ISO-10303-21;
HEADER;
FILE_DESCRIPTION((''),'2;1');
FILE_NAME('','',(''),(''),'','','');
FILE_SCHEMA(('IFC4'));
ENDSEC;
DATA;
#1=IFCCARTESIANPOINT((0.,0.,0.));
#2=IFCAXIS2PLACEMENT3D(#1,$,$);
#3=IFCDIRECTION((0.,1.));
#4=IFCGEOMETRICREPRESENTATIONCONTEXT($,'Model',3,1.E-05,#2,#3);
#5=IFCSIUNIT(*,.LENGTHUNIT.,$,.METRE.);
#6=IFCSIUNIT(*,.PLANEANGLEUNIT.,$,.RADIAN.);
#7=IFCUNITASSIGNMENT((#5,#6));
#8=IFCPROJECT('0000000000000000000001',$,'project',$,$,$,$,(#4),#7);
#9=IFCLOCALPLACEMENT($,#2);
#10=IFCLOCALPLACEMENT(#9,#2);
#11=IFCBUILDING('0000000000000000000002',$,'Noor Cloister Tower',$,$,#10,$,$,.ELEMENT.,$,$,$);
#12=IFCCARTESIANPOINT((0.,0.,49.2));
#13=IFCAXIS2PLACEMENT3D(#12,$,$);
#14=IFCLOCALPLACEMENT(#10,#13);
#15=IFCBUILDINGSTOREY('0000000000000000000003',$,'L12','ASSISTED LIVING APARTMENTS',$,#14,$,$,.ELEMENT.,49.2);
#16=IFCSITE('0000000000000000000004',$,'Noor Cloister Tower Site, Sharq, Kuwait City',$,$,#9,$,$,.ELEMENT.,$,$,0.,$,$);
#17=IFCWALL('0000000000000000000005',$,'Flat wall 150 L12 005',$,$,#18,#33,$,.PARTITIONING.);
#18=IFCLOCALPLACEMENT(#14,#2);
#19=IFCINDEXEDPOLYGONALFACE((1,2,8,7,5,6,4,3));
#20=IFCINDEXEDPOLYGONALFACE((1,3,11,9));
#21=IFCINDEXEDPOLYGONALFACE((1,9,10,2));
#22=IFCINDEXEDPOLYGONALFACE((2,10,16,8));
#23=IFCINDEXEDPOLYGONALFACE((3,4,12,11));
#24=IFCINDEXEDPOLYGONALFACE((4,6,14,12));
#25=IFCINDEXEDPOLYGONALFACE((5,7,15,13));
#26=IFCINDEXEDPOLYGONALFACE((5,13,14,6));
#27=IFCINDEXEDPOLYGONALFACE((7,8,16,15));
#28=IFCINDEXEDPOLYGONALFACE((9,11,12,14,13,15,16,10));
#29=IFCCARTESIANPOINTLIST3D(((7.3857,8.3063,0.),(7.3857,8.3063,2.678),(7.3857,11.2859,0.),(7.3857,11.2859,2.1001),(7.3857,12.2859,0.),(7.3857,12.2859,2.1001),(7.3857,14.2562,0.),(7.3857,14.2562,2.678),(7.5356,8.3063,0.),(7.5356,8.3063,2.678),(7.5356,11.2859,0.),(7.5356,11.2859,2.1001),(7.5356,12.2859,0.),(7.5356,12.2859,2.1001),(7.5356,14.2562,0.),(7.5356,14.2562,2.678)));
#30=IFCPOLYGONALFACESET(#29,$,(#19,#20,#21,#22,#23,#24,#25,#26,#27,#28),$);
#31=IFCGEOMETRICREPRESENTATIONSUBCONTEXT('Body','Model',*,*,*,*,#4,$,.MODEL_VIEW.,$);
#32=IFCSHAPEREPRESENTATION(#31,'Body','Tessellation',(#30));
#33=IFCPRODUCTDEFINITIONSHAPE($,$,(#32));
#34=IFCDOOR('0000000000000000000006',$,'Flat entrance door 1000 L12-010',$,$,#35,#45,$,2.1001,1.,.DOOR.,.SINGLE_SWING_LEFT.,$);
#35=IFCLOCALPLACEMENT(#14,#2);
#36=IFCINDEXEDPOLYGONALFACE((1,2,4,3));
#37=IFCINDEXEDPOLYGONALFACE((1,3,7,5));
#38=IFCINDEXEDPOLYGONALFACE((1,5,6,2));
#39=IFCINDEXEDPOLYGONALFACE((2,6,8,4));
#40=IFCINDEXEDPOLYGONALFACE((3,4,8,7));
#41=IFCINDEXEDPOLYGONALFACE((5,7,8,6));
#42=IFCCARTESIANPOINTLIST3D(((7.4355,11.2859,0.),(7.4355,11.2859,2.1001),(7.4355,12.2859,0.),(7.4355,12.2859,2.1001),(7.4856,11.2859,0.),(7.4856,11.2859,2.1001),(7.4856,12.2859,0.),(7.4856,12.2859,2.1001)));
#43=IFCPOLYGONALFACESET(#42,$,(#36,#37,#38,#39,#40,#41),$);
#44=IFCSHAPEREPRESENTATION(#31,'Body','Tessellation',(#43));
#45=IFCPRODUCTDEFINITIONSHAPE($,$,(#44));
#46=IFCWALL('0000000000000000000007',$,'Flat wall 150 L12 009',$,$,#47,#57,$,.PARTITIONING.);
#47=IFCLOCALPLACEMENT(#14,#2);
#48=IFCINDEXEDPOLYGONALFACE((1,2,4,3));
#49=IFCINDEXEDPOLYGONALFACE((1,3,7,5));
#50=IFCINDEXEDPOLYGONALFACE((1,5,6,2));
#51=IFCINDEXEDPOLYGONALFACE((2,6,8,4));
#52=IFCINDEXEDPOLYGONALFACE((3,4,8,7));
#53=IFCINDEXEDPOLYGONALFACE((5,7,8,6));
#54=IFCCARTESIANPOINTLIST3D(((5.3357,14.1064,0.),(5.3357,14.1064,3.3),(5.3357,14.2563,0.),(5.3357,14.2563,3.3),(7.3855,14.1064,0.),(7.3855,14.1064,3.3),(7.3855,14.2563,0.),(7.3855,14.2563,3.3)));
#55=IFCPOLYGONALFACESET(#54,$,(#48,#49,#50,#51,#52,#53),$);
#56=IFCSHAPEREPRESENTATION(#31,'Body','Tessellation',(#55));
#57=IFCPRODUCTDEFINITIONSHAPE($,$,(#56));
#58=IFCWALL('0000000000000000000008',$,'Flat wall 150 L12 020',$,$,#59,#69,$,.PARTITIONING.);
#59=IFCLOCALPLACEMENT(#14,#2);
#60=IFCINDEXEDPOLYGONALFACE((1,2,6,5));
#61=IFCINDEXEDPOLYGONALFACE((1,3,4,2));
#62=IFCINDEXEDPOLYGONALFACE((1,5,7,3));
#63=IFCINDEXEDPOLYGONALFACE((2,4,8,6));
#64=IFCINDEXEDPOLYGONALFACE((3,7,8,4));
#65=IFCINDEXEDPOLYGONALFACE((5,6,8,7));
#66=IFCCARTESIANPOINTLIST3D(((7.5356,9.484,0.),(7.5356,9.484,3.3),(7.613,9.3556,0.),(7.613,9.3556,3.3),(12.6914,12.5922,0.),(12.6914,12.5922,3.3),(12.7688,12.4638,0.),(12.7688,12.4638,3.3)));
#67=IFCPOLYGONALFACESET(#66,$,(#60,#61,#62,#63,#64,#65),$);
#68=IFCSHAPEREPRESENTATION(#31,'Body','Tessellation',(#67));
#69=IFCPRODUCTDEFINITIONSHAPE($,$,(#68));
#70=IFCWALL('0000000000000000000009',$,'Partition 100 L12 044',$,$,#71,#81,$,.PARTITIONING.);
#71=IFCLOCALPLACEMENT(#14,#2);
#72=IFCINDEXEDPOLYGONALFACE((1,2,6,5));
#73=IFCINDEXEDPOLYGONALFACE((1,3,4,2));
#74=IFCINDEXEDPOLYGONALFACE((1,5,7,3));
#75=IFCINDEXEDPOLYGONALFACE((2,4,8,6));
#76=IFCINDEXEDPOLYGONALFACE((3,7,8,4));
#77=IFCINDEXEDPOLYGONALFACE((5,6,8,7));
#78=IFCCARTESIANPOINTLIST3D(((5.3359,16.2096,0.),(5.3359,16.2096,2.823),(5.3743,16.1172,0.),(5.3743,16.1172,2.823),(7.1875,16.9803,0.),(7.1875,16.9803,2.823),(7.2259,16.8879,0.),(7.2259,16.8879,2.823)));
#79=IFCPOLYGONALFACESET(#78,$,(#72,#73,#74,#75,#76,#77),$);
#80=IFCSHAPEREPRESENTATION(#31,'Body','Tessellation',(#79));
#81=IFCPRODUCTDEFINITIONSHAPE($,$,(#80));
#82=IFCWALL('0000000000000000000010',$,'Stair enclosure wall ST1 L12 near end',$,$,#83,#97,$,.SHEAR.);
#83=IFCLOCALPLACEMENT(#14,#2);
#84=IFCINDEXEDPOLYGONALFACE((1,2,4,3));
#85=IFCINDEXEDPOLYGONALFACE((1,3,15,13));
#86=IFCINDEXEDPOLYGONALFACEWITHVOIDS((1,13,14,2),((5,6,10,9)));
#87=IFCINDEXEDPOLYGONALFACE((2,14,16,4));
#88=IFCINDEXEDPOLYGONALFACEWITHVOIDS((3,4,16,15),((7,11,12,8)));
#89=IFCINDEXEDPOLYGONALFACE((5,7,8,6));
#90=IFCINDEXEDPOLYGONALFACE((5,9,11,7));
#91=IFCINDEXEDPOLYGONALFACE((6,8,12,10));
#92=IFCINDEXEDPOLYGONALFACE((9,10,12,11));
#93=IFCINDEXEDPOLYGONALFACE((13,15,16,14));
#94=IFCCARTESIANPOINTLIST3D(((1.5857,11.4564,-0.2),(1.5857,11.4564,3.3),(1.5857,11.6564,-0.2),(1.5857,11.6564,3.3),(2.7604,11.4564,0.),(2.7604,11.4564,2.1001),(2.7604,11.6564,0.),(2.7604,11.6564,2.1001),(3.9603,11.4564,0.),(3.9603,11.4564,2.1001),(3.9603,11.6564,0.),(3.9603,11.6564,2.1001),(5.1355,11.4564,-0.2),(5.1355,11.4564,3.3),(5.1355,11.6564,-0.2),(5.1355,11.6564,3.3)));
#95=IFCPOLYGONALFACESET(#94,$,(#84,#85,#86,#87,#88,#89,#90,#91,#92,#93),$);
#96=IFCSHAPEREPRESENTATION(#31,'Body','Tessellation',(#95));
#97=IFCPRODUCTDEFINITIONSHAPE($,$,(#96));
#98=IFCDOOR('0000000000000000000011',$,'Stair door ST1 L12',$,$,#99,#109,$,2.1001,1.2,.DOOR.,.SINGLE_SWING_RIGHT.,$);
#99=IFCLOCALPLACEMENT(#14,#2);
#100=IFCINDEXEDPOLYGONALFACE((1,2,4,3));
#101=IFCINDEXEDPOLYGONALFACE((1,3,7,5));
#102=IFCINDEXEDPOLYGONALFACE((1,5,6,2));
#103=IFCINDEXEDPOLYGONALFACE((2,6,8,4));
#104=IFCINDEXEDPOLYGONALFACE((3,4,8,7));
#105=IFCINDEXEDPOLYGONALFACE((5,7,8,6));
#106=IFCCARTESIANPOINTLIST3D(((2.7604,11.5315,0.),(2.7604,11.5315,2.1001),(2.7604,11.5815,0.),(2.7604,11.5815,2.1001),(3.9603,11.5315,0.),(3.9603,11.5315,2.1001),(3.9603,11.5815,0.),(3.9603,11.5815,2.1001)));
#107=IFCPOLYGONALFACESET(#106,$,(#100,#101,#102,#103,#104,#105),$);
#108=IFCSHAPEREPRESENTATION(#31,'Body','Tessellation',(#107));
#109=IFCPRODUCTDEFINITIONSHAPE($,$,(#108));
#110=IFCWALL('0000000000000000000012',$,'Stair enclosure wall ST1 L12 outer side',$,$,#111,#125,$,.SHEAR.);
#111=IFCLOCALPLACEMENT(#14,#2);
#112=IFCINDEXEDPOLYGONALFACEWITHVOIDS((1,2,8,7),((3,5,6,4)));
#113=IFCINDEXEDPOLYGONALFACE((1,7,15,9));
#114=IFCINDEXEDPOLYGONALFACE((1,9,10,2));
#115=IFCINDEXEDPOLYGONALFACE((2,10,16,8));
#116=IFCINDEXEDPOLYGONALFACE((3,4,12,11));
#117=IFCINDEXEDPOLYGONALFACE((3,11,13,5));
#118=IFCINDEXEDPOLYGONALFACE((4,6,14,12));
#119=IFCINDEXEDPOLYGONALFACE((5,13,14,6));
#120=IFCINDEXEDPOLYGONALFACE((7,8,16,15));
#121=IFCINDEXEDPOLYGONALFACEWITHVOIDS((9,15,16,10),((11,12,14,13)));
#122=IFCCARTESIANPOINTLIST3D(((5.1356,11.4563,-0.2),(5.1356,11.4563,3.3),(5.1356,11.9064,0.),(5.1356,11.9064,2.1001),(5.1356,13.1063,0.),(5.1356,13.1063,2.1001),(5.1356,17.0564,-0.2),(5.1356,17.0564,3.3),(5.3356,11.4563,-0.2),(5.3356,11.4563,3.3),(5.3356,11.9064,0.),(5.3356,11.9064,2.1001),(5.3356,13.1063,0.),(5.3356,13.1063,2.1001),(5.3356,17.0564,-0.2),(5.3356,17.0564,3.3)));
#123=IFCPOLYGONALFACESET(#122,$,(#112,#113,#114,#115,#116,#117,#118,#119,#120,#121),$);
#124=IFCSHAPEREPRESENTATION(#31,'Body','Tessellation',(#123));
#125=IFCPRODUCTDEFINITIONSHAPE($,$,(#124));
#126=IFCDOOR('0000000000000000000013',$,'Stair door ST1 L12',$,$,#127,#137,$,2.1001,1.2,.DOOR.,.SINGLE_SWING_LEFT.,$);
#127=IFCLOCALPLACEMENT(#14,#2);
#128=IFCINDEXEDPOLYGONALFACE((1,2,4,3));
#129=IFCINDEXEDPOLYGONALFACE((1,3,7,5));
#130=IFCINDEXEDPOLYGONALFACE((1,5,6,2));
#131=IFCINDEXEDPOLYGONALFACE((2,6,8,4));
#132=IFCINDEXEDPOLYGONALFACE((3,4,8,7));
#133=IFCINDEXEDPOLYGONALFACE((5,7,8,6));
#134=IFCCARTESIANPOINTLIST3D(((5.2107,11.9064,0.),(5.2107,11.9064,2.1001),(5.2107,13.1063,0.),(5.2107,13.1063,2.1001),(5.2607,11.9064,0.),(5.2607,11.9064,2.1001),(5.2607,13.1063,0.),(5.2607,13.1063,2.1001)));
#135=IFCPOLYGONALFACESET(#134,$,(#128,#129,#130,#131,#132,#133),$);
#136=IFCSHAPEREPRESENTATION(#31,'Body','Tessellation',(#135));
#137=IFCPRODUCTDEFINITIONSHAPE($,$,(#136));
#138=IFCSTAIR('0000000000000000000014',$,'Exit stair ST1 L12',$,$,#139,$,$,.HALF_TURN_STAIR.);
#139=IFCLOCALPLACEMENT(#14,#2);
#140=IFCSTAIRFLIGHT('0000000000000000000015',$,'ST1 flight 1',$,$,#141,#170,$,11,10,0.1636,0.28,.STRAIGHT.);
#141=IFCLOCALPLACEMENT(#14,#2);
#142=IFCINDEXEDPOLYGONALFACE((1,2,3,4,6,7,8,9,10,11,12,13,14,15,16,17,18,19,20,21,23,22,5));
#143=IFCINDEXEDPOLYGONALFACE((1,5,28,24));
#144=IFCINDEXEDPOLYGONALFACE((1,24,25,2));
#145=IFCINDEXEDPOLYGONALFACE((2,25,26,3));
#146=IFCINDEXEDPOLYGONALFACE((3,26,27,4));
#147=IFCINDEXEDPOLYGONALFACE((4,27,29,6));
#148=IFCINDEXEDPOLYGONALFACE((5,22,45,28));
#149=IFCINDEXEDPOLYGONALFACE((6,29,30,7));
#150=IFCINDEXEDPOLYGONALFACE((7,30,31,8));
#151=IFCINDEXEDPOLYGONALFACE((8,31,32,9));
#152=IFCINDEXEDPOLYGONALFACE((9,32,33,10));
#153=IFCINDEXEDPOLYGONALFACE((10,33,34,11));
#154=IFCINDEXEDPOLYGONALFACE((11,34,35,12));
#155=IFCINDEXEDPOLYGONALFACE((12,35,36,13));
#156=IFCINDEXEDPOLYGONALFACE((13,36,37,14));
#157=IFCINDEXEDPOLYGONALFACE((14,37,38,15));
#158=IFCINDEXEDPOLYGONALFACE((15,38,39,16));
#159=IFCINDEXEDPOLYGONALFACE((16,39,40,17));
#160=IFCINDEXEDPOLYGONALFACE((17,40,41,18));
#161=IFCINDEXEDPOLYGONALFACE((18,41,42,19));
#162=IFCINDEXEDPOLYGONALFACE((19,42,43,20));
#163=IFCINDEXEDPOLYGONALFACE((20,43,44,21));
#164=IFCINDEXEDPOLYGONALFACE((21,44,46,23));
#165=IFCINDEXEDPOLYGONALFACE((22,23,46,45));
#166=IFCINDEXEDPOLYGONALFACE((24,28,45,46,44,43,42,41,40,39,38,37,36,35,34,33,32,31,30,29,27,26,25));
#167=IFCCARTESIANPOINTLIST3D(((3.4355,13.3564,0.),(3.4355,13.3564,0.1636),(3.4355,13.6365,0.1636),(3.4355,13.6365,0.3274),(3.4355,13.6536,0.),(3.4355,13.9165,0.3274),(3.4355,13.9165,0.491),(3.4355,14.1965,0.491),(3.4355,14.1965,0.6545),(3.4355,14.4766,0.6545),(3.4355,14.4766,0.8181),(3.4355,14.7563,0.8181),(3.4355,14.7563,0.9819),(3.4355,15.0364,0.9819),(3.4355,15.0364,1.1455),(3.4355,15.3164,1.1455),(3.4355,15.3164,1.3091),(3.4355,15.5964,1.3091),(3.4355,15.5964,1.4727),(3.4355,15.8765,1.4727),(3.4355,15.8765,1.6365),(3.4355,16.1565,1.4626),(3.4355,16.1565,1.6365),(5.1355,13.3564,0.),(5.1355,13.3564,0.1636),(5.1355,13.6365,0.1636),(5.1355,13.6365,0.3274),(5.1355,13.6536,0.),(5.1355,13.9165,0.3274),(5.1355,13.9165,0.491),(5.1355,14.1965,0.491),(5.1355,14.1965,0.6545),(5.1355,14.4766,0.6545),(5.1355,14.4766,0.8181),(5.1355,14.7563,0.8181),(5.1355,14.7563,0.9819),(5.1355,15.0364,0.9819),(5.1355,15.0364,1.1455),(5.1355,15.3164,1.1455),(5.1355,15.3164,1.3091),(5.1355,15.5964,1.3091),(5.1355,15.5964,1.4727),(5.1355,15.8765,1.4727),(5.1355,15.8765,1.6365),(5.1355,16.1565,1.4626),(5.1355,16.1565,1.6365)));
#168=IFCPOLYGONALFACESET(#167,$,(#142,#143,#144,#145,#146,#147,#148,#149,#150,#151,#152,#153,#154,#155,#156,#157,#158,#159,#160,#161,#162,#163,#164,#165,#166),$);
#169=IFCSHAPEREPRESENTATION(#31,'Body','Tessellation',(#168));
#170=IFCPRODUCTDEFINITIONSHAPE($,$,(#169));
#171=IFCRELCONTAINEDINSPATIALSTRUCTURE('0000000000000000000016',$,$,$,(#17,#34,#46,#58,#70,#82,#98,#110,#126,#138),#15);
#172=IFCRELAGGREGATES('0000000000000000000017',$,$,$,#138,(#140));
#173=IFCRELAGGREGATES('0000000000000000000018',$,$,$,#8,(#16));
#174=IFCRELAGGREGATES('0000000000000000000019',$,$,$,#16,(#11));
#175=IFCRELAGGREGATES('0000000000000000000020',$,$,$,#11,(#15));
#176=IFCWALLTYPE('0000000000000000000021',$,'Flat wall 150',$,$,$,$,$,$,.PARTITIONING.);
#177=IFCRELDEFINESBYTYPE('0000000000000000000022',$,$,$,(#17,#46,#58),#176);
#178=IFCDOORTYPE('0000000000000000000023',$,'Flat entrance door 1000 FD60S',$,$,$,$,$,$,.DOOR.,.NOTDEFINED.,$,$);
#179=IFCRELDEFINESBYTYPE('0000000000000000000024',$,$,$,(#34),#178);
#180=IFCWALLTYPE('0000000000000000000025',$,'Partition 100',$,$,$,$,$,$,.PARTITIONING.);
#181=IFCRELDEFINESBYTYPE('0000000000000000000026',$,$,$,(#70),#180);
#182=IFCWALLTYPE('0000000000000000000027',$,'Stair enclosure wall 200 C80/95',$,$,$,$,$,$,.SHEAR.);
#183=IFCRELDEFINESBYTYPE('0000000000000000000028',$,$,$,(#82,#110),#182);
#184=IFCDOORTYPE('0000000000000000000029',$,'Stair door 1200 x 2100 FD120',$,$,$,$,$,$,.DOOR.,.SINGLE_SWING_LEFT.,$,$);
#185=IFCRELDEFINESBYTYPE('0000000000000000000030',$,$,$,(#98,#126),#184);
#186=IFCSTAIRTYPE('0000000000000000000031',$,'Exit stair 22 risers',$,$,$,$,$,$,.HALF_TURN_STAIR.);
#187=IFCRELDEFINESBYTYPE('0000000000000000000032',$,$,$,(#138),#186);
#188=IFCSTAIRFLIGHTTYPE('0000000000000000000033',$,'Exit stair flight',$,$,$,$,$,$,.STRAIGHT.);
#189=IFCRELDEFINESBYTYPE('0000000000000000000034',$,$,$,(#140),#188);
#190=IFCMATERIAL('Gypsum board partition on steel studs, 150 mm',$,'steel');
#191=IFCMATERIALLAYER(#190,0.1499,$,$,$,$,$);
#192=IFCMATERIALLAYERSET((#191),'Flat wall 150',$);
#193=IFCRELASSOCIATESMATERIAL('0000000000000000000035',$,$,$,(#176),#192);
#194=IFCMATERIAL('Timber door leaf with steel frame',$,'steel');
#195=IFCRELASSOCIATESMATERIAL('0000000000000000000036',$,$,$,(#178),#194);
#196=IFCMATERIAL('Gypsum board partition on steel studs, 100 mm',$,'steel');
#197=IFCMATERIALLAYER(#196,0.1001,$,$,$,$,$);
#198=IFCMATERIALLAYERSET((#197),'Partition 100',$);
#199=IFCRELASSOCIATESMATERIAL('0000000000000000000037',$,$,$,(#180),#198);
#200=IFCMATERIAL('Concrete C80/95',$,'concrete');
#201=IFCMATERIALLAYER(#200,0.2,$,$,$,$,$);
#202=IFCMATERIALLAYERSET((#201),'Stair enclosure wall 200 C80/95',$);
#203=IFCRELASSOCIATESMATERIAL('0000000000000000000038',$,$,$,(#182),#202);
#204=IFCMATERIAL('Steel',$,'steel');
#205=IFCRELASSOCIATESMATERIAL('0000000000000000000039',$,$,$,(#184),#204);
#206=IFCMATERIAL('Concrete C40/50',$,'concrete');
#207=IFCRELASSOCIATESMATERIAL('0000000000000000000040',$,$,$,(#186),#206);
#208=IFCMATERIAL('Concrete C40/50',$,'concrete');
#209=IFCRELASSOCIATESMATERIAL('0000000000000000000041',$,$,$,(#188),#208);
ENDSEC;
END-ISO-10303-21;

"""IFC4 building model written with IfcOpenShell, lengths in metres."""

from ifc_helpers import new_model, si_unit, direction, frame, frame_2d, origin, place, context, subcontext, project, spatial, polyline, rectangle, outline, extrude, material, layer, layer_set, type_object, element, fill, aggregate, save


model = new_model("IFC4")

# Units and contexts
model_context = context("Model", 3, precision=1e-05, world=origin(), true_north=direction((0.0, 1.0)))
body_context = subcontext(model_context, "Body", "Model", "MODEL_VIEW")
ifc_project = project(units=[si_unit("LENGTHUNIT", "METRE"), si_unit("PLANEANGLEUNIT", "RADIAN")], contexts=[model_context])

# Site, building, storey
site_placement = place(None, origin())
site = spatial("IfcSite", under=ifc_project, at=site_placement, Name="Noor Cloister Tower Site, Sharq, Kuwait City", CompositionType="ELEMENT", RefElevation=0.0)
building_placement = place(site_placement, origin())
building = spatial("IfcBuilding", under=site, at=building_placement, Name="Noor Cloister Tower", CompositionType="ELEMENT")
storey_placement = place(building_placement, frame((0.0, 0.0, 49.2)))
storey = spatial("IfcBuildingStorey", under=building, at=storey_placement, Name="L12", Description="ASSISTED LIVING APARTMENTS", CompositionType="ELEMENT", Elevation=49.2)

# Wall, opening, door
ifc_material_1 = material(Name="Gypsum board partition on steel studs, 150 mm", Category="steel")
ifc_layer_1 = layer(ifc_material_1, 0.1499)
ifc_layer_set_1 = layer_set([ifc_layer_1], Name="Flat wall 150")
wall_type_1 = type_object("IfcWallType", Name="Flat wall 150", PredefinedType="PARTITIONING", material=ifc_layer_set_1)
wall_1_placement = place(storey_placement, frame((7.4607, 14.2563, 0.0), z_axis=(0.0, 0.0, 1.0), x_axis=(0.0, -1.0, 0.0)))
wall_1 = element("IfcWall", 1, at=wall_1_placement, inside=storey, type_object=wall_type_1, Name="Flat wall 150 L12 005", PredefinedType="PARTITIONING", context=body_context, shape_type="SweptSolid", body=[
    extrude(rectangle(XDim=5.95, YDim=0.1499, at=frame_2d((2.9751, 0.0))), origin(), (0.0, 0.0, 1.0), 2.678),
])
opening_1_placement = place(wall_1_placement, frame((1.9705, 0.0, 0.0)))
opening_1 = element("IfcOpeningElement", 2, at=opening_1_placement, cuts=wall_1, PredefinedType="OPENING", context=body_context, shape_type="SweptSolid", body=[
    extrude(rectangle(XDim=1.0, YDim=2.1001, at=frame_2d((0.5, 1.05))), frame((0.0, 0.085, 0.0), z_axis=(0.0, -1.0, 0.0), x_axis=(1.0, 0.0, 0.0)), (0.0, 0.0, 1.0), 0.1699),
])
ifc_material_2 = material(Name="Timber door leaf with steel frame", Category="steel")
door_type_1 = type_object("IfcDoorType", Name="Flat entrance door 1000 FD60S", OperationType="NOTDEFINED", PredefinedType="DOOR", material=ifc_material_2)
door_1_placement = place(opening_1_placement, origin())
door_1 = element("IfcDoor", 3, at=door_1_placement, inside=storey, type_object=door_type_1, Name="Flat entrance door 1000 L12-010", OperationType="SINGLE_SWING_LEFT", OverallHeight=2.1001, OverallWidth=1.0, PredefinedType="DOOR", context=body_context, shape_type="SweptSolid", body=[
    extrude(rectangle(XDim=1.0, YDim=2.1001, at=frame_2d((0.5, 1.05))), frame((0.0, 0.0249, 0.0), z_axis=(0.0, -1.0, 0.0), x_axis=(1.0, 0.0, 0.0)), (0.0, 0.0, 1.0), 0.05),
])
fill(opening_1, door_1)

# Walls
wall_2_placement = place(storey_placement, frame((5.3357, 14.1814, 0.0), z_axis=(0.0, 0.0, 1.0), x_axis=(1.0, 0.0, 0.0)))
element("IfcWall", 4, at=wall_2_placement, inside=storey, type_object=wall_type_1, Name="Flat wall 150 L12 009", PredefinedType="PARTITIONING", context=body_context, shape_type="SweptSolid", body=[
    extrude(rectangle(XDim=2.0498, YDim=0.1499, at=frame_2d((1.0249, 0.0))), origin(), (0.0, 0.0, 1.0), 3.3),
])
wall_3_placement = place(storey_placement, frame((12.7302, 12.5281, 0.0), z_axis=(0.0, 0.0, 1.0), x_axis=(-0.856414, -0.51629, 0.0)))
element("IfcWall", 5, at=wall_3_placement, inside=storey, type_object=wall_type_1, Name="Flat wall 150 L12 020", PredefinedType="PARTITIONING", context=body_context, shape_type="SweptSolid", body=[
    extrude(rectangle(XDim=6.0203, YDim=0.1499, at=frame_2d((3.0103, 0.0))), origin(), (0.0, 0.0, 1.0), 3.3),
])
ifc_material_3 = material(Name="Gypsum board partition on steel studs, 100 mm", Category="steel")
ifc_layer_2 = layer(ifc_material_3, 0.1001)
ifc_layer_set_2 = layer_set([ifc_layer_2], Name="Partition 100")
wall_type_2 = type_object("IfcWallType", Name="Partition 100", PredefinedType="PARTITIONING", material=ifc_layer_set_2)
wall_4_placement = place(storey_placement, frame((5.355, 16.1633, 0.0), z_axis=(0.0, 0.0, 1.0), x_axis=(0.923207, 0.384304, 0.0)))
element("IfcWall", 6, at=wall_4_placement, inside=storey, type_object=wall_type_2, Name="Partition 100 L12 044", PredefinedType="PARTITIONING", context=body_context, shape_type="SweptSolid", body=[
    extrude(rectangle(XDim=2.0056, YDim=0.1001, at=frame_2d((1.0029, 0.0))), origin(), (0.0, 0.0, 1.0), 2.823),
])

# Walls, openings, doors
ifc_material_4 = material(Name="Concrete C80/95", Category="concrete")
ifc_layer_3 = layer(ifc_material_4, 0.2)
ifc_layer_set_3 = layer_set([ifc_layer_3], Name="Stair enclosure wall 200 C80/95")
wall_type_3 = type_object("IfcWallType", Name="Stair enclosure wall 200 C80/95", PredefinedType="SHEAR", material=ifc_layer_set_3)
wall_5_placement = place(storey_placement, frame((5.1355, 11.5564, -0.2), z_axis=(0.0, 0.0, 1.0), x_axis=(-1.0, 0.0, 0.0)))
wall_5 = element("IfcWall", 7, at=wall_5_placement, inside=storey, type_object=wall_type_3, Name="Stair enclosure wall ST1 L12 near end", PredefinedType="SHEAR", context=body_context, shape_type="SweptSolid", body=[
    extrude(rectangle(XDim=3.5498, YDim=0.2, at=frame_2d((1.7749, 0.0))), origin(), (0.0, 0.0, 1.0), 3.5),
])
opening_2_placement = place(wall_5_placement, frame((1.175, 0.0, 0.2)))
opening_2 = element("IfcOpeningElement", 8, at=opening_2_placement, cuts=wall_5, PredefinedType="OPENING", context=body_context, shape_type="SweptSolid", body=[
    extrude(rectangle(XDim=1.2, YDim=2.1001, at=frame_2d((0.6001, 1.05))), frame((0.0, 0.1099, 0.0), z_axis=(0.0, -1.0, 0.0), x_axis=(1.0, 0.0, 0.0)), (0.0, 0.0, 1.0), 0.22),
])
ifc_material_5 = material(Name="Steel", Category="steel")
door_type_2 = type_object("IfcDoorType", Name="Stair door 1200 x 2100 FD120", OperationType="SINGLE_SWING_LEFT", PredefinedType="DOOR", material=ifc_material_5)
door_2_placement = place(opening_2_placement, origin())
door_2 = element("IfcDoor", 9, at=door_2_placement, inside=storey, type_object=door_type_2, Name="Stair door ST1 L12", OperationType="SINGLE_SWING_RIGHT", OverallHeight=2.1001, OverallWidth=1.2, PredefinedType="DOOR", context=body_context, shape_type="SweptSolid", body=[
    extrude(rectangle(XDim=1.2, YDim=2.1001, at=frame_2d((0.6001, 1.05))), frame((0.0, 0.0249, 0.0), z_axis=(0.0, -1.0, 0.0), x_axis=(1.0, 0.0, 0.0)), (0.0, 0.0, 1.0), 0.05),
])
fill(opening_2, door_2)
wall_6_placement = place(storey_placement, frame((5.2356, 11.4563, -0.2), z_axis=(0.0, 0.0, 1.0), x_axis=(0.0, 1.0, 0.0)))
wall_6 = element("IfcWall", 10, at=wall_6_placement, inside=storey, type_object=wall_type_3, Name="Stair enclosure wall ST1 L12 outer side", PredefinedType="SHEAR", context=body_context, shape_type="SweptSolid", body=[
    extrude(rectangle(XDim=5.6001, YDim=0.2, at=frame_2d((2.8, 0.0))), origin(), (0.0, 0.0, 1.0), 3.5),
])
opening_3_placement = place(wall_6_placement, frame((0.45, 0.0, 0.2)))
opening_3 = element("IfcOpeningElement", 11, at=opening_3_placement, cuts=wall_6, PredefinedType="OPENING", context=body_context, shape_type="SweptSolid", body=[
    extrude(rectangle(XDim=1.2, YDim=2.1001, at=frame_2d((0.6001, 1.05))), frame((0.0, 0.1099, 0.0), z_axis=(0.0, -1.0, 0.0), x_axis=(1.0, 0.0, 0.0)), (0.0, 0.0, 1.0), 0.22),
])
door_3_placement = place(opening_3_placement, origin())
door_3 = element("IfcDoor", 12, at=door_3_placement, inside=storey, type_object=door_type_2, Name="Stair door ST1 L12", OperationType="SINGLE_SWING_LEFT", OverallHeight=2.1001, OverallWidth=1.2, PredefinedType="DOOR", context=body_context, shape_type="SweptSolid", body=[
    extrude(rectangle(XDim=1.2, YDim=2.1001, at=frame_2d((0.6001, 1.05))), frame((0.0, 0.0249, 0.0), z_axis=(0.0, -1.0, 0.0), x_axis=(1.0, 0.0, 0.0)), (0.0, 0.0, 1.0), 0.05),
])
fill(opening_3, door_3)

# Stair, stair flight
ifc_material_6 = material(Name="Concrete C40/50", Category="concrete")
stair_type = type_object("IfcStairType", Name="Exit stair 22 risers", PredefinedType="HALF_TURN_STAIR", material=ifc_material_6)
stair_placement = place(storey_placement, origin())
stair = element("IfcStair", 13, at=stair_placement, inside=storey, type_object=stair_type, Name="Exit stair ST1 L12", PredefinedType="HALF_TURN_STAIR")
ifc_material_7 = material(Name="Concrete C40/50", Category="concrete")
stair_flight_type = type_object("IfcStairFlightType", Name="Exit stair flight", PredefinedType="STRAIGHT", material=ifc_material_7)
stair_flight_1_placement = place(storey_placement, frame((4.2856, 13.3564, 0.0), z_axis=(0.0, 0.0, 1.0), x_axis=(0.0, 1.0, 0.0)))
stair_flight_1 = element("IfcStairFlight", 14, at=stair_flight_1_placement, type_object=stair_flight_type, Name="ST1 flight 1", NumberOfRisers=11, NumberOfTreads=10, PredefinedType="STRAIGHT", RiserHeight=0.1636, TreadLength=0.28, context=body_context, shape_type="SweptSolid", body=[
    extrude(outline(polyline([(0.0, 0.0), (0.0, 0.1636), (0.28, 0.1636), (0.28, 0.3274), (0.5601, 0.3274), (0.5601, 0.491), (0.8401, 0.491), (0.8401, 0.6545), (1.1201, 0.6545), (1.1201, 0.8181), (1.3999, 0.8181), (1.3999, 0.9819), (1.6799, 0.9819), (1.6799, 1.1455), (1.96, 1.1455), (1.96, 1.3091), (2.24, 1.3091), (2.24, 1.4727), (2.52, 1.4727), (2.52, 1.6365), (2.8, 1.6365), (2.8, 1.8), (2.8, 1.4626), (0.2971, 0.0), (0.0, 0.0)])), frame((0.0, 0.8501, 0.0), z_axis=(0.0, -1.0, 0.0), x_axis=(1.0, 0.0, 0.0)), (0.0, 0.0, 1.0), 1.7),
])
aggregate(stair, [stair_flight_1])

save(model, "model.ifc")
